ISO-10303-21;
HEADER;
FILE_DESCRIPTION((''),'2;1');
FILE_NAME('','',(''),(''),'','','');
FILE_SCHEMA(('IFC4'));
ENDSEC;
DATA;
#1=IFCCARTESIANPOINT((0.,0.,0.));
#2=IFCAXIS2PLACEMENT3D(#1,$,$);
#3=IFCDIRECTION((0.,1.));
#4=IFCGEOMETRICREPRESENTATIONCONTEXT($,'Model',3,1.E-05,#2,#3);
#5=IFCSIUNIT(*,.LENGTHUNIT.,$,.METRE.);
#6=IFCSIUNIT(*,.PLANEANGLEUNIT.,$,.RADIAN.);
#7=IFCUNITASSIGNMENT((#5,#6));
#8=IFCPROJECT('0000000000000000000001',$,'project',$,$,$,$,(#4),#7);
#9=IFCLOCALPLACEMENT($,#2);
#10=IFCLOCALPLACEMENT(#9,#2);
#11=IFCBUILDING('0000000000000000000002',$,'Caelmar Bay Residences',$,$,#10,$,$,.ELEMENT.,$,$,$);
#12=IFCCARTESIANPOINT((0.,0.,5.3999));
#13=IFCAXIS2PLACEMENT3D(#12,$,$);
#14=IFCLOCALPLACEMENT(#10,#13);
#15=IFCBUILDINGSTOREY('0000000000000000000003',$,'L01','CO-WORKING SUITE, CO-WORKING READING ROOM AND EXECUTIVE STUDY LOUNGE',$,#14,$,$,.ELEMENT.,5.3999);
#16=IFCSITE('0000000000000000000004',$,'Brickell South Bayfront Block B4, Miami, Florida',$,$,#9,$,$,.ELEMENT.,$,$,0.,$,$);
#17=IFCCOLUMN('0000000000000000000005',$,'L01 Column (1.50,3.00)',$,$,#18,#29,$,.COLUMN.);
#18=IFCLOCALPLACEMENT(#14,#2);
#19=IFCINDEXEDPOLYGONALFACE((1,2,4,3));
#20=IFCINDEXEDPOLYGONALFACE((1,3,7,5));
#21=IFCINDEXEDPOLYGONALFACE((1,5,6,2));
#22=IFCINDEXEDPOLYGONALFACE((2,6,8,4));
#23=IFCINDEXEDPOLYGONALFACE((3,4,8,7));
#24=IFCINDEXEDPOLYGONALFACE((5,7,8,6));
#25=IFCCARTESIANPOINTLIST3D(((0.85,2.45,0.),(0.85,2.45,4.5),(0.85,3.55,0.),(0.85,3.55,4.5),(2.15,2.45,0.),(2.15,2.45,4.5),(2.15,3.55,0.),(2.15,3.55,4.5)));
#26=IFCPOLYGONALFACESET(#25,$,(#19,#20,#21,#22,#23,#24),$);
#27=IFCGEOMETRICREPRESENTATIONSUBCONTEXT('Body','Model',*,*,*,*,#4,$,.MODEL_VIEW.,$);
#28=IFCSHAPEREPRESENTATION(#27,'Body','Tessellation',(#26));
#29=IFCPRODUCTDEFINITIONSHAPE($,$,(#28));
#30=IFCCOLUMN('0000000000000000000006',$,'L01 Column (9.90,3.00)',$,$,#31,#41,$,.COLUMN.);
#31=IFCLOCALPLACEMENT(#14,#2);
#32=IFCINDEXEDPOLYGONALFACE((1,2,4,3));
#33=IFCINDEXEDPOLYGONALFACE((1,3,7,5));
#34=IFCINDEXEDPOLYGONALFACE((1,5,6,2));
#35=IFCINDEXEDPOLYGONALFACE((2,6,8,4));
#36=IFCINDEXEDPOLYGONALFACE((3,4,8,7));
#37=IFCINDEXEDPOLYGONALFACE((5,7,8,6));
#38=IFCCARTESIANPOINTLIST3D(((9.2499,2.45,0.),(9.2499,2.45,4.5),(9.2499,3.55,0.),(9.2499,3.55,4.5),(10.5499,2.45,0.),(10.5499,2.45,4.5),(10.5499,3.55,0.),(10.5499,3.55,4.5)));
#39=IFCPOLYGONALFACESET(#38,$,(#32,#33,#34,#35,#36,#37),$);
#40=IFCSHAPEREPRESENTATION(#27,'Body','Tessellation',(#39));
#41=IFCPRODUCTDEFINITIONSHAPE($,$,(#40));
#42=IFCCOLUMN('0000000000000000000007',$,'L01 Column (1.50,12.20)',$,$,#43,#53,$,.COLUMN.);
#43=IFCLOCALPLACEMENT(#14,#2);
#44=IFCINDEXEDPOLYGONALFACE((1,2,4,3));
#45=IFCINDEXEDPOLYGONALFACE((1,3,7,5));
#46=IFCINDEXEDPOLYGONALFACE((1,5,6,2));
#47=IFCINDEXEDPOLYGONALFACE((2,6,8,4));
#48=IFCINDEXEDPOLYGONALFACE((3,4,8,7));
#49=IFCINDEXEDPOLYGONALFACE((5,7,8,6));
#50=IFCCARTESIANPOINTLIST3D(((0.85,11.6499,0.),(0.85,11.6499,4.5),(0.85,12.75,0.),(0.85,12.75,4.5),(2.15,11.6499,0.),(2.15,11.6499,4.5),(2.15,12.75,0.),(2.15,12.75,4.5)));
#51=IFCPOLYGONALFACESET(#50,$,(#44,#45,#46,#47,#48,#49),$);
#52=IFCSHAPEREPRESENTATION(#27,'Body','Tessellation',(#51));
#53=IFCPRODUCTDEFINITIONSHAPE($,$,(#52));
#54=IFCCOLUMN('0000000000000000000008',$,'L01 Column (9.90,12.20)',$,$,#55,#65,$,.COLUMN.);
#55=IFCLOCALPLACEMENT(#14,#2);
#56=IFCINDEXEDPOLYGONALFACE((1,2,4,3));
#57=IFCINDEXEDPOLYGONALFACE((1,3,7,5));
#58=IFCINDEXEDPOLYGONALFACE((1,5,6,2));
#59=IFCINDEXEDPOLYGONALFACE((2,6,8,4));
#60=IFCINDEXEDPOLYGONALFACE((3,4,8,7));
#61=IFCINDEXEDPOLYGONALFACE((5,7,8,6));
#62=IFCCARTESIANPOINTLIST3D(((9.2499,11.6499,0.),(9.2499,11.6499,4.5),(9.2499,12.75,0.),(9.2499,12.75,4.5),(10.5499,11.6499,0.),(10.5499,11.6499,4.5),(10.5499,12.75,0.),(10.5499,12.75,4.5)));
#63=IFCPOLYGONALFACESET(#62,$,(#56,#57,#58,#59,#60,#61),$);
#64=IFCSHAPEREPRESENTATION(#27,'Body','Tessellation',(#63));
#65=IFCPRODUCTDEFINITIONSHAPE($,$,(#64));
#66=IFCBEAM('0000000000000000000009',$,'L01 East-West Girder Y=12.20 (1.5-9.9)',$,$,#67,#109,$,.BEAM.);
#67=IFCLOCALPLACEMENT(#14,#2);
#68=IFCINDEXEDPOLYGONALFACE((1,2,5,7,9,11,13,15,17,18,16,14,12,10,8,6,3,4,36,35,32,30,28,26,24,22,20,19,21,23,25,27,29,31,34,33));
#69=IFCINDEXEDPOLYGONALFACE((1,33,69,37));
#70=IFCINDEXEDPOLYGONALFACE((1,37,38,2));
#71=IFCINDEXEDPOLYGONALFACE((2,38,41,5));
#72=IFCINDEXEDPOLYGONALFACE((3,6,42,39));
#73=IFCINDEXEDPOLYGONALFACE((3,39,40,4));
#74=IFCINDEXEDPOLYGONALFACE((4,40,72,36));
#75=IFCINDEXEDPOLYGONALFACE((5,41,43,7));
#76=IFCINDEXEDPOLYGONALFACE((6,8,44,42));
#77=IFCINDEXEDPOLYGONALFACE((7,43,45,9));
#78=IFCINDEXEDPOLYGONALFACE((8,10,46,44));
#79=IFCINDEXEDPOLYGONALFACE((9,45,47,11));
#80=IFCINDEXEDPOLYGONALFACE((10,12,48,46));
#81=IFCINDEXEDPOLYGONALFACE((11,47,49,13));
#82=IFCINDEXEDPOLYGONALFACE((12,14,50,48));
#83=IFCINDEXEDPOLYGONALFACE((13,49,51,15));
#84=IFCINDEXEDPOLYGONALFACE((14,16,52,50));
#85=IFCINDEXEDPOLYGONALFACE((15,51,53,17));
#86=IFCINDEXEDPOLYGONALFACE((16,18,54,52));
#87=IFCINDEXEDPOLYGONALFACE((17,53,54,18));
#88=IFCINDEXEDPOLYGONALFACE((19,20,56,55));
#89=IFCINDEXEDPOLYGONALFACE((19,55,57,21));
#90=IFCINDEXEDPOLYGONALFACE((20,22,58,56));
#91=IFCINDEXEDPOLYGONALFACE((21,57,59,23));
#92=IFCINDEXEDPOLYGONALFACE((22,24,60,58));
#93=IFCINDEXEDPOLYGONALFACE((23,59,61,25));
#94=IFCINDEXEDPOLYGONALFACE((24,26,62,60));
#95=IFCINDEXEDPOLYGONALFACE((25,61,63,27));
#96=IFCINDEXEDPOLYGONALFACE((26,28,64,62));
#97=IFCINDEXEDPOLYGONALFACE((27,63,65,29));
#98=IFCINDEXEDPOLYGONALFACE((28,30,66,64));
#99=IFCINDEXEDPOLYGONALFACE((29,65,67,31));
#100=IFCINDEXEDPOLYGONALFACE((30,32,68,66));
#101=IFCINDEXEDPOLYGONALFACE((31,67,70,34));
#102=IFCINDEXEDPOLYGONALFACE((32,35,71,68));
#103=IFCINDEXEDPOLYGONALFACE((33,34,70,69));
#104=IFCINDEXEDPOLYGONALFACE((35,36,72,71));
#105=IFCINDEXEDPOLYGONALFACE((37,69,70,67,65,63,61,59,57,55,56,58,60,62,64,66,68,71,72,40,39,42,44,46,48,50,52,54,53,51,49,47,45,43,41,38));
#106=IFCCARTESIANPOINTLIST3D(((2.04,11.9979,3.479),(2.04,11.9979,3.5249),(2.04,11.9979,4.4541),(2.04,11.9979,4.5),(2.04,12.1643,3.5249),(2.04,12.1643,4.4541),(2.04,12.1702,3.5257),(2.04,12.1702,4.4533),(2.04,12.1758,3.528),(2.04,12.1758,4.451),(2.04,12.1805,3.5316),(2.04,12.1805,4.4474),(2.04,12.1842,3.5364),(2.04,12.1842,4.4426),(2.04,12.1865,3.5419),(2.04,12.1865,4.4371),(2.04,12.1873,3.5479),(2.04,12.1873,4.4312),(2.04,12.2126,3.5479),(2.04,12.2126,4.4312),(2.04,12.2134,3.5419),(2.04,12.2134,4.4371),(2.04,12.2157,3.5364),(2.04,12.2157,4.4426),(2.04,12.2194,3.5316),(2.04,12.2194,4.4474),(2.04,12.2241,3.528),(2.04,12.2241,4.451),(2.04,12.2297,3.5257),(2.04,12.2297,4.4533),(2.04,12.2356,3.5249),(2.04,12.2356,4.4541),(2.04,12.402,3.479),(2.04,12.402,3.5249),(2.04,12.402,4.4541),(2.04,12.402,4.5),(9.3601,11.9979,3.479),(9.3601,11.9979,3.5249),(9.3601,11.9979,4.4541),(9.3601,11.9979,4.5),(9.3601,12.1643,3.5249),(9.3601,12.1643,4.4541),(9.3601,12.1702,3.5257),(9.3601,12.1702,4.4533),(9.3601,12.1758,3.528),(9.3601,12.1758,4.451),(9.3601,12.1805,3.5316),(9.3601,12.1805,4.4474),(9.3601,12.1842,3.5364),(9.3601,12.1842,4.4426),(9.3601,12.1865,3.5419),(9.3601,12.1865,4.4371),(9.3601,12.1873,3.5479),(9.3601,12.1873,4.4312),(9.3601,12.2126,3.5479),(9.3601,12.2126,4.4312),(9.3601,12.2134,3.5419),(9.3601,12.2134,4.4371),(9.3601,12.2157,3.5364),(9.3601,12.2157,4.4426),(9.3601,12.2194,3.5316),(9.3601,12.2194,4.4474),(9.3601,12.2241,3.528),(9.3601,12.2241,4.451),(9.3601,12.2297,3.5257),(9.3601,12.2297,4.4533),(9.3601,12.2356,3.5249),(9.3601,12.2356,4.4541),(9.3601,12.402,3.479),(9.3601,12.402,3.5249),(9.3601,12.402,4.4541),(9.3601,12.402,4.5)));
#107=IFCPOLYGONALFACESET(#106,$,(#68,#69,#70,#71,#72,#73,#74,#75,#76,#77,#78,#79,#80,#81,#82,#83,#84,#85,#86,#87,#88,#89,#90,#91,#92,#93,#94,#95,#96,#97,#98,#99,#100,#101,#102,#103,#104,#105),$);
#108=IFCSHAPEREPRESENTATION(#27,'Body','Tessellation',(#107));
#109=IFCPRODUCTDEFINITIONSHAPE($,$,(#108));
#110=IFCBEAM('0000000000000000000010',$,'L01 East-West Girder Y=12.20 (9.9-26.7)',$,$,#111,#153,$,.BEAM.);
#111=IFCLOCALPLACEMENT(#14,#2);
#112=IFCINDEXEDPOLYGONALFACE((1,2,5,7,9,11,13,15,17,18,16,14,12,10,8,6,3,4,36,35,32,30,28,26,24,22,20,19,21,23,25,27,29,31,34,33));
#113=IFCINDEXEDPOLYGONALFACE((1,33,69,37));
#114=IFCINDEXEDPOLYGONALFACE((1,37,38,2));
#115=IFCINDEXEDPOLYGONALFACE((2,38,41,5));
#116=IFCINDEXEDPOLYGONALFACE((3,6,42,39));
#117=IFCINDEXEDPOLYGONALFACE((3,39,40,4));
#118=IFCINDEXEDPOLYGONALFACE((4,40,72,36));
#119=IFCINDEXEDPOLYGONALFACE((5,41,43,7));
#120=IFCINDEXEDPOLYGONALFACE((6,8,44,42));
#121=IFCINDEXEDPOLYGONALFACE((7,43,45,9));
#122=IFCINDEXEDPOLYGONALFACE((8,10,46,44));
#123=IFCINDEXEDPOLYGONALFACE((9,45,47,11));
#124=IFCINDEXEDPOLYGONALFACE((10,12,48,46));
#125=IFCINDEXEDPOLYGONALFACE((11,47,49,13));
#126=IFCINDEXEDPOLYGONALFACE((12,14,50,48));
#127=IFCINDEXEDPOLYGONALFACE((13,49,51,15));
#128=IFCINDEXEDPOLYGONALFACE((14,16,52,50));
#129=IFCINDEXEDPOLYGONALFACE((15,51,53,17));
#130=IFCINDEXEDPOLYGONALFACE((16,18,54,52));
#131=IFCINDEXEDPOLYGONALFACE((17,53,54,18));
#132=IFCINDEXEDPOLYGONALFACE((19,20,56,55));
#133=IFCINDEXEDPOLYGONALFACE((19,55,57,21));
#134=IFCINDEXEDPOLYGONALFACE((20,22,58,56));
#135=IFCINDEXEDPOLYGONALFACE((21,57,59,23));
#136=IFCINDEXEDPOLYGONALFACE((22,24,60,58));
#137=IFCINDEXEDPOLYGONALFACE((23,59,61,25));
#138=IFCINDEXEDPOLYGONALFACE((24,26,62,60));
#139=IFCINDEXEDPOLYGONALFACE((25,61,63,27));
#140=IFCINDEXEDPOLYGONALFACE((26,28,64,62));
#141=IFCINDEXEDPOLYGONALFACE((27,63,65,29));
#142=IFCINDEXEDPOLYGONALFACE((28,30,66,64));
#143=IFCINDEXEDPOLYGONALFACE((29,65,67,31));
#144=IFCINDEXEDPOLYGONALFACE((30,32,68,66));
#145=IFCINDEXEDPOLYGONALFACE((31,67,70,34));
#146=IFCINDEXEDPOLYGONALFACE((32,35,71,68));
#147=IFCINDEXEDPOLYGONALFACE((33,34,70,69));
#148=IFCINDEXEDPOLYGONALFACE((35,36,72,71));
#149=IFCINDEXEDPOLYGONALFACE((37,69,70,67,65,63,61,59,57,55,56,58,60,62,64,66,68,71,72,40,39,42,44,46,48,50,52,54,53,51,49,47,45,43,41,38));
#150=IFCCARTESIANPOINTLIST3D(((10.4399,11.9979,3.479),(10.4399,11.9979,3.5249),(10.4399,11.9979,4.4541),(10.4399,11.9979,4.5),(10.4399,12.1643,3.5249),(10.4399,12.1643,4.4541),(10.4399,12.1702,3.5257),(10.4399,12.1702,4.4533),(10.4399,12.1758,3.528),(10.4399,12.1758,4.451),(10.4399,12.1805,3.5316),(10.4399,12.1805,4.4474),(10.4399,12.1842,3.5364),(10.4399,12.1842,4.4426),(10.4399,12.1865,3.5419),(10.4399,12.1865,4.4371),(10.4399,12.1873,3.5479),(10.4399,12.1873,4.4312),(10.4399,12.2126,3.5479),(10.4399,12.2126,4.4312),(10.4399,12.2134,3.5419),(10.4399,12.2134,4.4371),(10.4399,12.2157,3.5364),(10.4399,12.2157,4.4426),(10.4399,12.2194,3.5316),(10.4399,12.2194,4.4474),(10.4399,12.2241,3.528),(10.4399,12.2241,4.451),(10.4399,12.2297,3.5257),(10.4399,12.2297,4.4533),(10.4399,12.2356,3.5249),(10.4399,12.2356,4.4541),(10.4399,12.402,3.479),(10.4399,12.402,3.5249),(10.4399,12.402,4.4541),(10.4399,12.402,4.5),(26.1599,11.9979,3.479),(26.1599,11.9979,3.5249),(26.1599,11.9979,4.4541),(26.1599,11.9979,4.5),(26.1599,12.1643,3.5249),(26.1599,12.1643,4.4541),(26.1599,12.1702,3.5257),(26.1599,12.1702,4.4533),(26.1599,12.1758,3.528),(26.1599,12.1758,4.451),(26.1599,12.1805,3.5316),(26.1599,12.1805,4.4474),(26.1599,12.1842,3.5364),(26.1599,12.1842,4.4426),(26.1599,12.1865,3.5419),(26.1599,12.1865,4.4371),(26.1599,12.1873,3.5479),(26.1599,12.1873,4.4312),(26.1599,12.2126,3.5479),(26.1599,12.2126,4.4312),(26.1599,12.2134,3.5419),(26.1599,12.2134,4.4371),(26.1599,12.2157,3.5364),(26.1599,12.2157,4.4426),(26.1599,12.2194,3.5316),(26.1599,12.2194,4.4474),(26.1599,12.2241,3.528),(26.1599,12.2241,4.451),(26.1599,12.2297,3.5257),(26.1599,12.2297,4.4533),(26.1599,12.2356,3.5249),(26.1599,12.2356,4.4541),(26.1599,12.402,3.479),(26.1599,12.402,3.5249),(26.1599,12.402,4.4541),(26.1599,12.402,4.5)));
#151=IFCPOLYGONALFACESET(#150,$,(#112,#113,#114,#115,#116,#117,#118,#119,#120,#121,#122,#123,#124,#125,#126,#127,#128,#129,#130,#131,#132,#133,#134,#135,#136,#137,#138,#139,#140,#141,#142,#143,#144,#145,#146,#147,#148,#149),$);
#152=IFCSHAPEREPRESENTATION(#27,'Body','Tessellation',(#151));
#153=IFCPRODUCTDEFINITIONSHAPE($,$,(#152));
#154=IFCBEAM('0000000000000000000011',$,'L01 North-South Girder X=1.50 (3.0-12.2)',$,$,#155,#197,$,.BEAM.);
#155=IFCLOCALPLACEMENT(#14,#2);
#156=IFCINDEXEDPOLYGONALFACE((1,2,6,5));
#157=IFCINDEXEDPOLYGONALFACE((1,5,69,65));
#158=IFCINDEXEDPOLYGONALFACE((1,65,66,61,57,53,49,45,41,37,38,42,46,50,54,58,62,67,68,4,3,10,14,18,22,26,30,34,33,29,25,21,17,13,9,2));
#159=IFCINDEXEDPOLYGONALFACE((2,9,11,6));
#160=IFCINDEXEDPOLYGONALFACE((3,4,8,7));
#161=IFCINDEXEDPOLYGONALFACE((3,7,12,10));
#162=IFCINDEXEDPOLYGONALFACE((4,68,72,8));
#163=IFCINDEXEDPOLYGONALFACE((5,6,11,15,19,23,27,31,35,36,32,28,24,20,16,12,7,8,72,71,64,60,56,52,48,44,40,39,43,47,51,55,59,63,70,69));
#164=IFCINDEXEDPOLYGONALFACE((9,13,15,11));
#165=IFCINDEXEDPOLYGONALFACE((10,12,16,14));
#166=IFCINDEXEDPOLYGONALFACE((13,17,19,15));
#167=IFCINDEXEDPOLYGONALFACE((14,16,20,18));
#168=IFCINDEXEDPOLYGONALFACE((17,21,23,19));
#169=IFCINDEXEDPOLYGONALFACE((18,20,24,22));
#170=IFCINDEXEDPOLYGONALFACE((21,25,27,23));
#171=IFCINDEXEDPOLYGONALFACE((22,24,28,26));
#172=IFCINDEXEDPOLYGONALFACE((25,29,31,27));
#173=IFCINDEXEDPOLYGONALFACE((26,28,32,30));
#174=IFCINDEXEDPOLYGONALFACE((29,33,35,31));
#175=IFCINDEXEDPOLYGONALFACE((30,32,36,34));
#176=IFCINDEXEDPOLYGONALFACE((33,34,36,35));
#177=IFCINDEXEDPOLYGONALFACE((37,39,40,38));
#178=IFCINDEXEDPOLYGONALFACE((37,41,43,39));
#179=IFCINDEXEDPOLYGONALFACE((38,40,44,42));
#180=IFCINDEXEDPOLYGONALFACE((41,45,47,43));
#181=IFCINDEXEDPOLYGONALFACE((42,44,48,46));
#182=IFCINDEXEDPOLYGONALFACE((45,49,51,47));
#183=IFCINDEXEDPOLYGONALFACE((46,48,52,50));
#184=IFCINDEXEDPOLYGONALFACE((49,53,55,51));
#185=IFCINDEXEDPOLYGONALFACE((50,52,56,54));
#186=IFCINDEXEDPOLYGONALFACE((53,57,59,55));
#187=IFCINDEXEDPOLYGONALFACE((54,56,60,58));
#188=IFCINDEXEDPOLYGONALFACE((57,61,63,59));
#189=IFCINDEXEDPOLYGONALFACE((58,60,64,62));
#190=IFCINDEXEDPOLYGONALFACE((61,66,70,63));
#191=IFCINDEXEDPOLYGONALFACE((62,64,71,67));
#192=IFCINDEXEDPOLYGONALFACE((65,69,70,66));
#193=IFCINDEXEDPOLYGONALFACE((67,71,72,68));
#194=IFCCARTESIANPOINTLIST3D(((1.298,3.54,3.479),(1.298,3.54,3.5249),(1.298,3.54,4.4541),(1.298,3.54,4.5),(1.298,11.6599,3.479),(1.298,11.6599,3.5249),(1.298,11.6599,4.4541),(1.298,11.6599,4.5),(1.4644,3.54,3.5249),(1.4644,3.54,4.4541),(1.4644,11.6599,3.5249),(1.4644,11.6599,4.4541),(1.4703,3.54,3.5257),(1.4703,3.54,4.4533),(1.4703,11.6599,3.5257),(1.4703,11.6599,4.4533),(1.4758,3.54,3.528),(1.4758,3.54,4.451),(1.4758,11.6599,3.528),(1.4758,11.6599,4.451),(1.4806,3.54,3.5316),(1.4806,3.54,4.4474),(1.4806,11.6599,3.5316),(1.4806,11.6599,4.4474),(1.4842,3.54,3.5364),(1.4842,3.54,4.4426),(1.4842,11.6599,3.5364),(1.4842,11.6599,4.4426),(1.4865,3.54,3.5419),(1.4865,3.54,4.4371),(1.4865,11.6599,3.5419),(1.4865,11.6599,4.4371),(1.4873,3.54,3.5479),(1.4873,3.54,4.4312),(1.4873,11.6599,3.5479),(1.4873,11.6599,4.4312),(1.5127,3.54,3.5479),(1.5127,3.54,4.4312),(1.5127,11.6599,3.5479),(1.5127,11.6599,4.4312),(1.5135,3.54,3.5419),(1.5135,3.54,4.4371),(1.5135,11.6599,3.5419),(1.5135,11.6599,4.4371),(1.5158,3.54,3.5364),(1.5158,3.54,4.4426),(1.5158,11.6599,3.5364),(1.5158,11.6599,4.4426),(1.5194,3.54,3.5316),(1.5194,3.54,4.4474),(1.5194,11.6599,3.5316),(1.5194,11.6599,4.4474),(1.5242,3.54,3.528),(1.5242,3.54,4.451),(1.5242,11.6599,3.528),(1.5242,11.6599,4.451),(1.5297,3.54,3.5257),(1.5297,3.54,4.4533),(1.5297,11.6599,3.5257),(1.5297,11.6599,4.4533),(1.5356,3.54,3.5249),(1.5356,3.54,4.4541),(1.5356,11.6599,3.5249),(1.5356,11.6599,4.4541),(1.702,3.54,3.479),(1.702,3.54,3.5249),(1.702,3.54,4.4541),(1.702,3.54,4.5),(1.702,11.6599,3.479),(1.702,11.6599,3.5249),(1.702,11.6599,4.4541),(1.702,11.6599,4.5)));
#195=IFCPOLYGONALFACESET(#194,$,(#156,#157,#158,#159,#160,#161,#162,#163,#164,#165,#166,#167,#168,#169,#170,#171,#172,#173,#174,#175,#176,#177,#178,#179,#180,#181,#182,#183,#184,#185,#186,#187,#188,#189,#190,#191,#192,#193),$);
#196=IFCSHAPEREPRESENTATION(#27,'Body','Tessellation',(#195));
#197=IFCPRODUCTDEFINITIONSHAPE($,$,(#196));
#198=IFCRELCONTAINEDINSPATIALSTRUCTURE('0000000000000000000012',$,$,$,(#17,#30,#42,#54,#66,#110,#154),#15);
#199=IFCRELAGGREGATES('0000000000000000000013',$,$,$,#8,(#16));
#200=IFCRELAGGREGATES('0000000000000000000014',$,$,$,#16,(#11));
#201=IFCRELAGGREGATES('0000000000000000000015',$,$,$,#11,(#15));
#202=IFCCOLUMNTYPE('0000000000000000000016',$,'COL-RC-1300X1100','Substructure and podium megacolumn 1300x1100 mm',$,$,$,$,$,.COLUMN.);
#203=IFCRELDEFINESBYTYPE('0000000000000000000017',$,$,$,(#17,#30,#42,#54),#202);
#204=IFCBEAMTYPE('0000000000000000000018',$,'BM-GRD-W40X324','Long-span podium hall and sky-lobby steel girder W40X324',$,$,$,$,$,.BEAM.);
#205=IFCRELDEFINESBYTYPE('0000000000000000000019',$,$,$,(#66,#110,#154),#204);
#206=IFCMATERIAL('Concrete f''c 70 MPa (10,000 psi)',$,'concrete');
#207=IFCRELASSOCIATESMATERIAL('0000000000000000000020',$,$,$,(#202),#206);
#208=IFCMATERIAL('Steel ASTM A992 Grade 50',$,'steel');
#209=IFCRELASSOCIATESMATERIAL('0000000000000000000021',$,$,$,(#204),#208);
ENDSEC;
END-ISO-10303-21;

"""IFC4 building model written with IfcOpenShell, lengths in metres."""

from ifc_helpers import new_model, si_unit, direction, frame, origin, origin_2d, place, context, subcontext, project, spatial, rectangle, i_section, extrude, material, material_profile, profile_set, type_object, element, save


model = new_model("IFC4")

# Units and contexts
model_context = context("Model", 3, precision=1e-05, world=origin(), true_north=direction((0.0, 1.0)))
body_context = subcontext(model_context, "Body", "Model", "MODEL_VIEW")
ifc_project = project(units=[si_unit("LENGTHUNIT", "METRE"), si_unit("PLANEANGLEUNIT", "RADIAN")], contexts=[model_context])

# Site, building, storey
site_placement = place(None, origin())
site = spatial("IfcSite", under=ifc_project, at=site_placement, Name="Brickell South Bayfront Block B4, Miami, Florida", CompositionType="ELEMENT", RefElevation=0.0)
building_placement = place(site_placement, origin())
building = spatial("IfcBuilding", under=site, at=building_placement, Name="Caelmar Bay Residences", CompositionType="ELEMENT")
storey_placement = place(building_placement, frame((0.0, 0.0, 5.3999)))
storey = spatial("IfcBuildingStorey", under=building, at=storey_placement, Name="L01", Description="CO-WORKING SUITE, CO-WORKING READING ROOM AND EXECUTIVE STUDY LOUNGE", CompositionType="ELEMENT", Elevation=5.3999)

# Columns
ifc_material_1 = material(Name="Concrete f'c 70 MPa (10,000 psi)", Category="concrete")
ifc_material_profile_1 = material_profile(ifc_material_1, rectangle(XDim=1.3, YDim=1.1001, at=origin_2d()), Name="RC-COL-1300X1100")
ifc_profile_set_1 = profile_set([ifc_material_profile_1], Name="Concrete f'c 70 MPa (10,000 psi)")
column_type = type_object("IfcColumnType", Name="COL-RC-1300X1100", Description="Substructure and podium megacolumn 1300x1100 mm", PredefinedType="COLUMN", material=ifc_profile_set_1)
for number, where, z_axis, x_axis, name in (
    (1, (1.5, 3.0, 0.0), (0.0, 0.0, 1.0), (1.0, 0.0, 0.0), "L01 Column (1.50,3.00)"),
    (2, (9.8999, 3.0, 0.0), (0.0, 0.0, 1.0), (1.0, 0.0, 0.0), "L01 Column (9.90,3.00)"),
    (3, (1.5, 12.2, 0.0), (0.0, 0.0, 1.0), (1.0, 0.0, 0.0), "L01 Column (1.50,12.20)"),
    (4, (9.8999, 12.2, 0.0), (0.0, 0.0, 1.0), (1.0, 0.0, 0.0), "L01 Column (9.90,12.20)"),
):
    element("IfcColumn", number, at=place(storey_placement, frame(where, z_axis=z_axis, x_axis=x_axis)), inside=storey, type_object=column_type, Name=name, PredefinedType="COLUMN", context=body_context, shape_type="SweptSolid", body=[
        extrude(rectangle(XDim=1.3, YDim=1.1001, at=origin_2d()), origin(), (0.0, 0.0, 1.0), 4.5),
    ])

# Beams
ifc_material_2 = material(Name="Steel ASTM A992 Grade 50", Category="steel")
ifc_material_profile_2 = material_profile(ifc_material_2, i_section(OverallWidth=0.4041, OverallDepth=1.021, WebThickness=0.0254, FlangeThickness=0.0459, FilletRadius=0.0229, at=origin_2d()), Name="W40X324")
ifc_profile_set_2 = profile_set([ifc_material_profile_2], Name="Steel ASTM A992 Grade 50")
beam_type_1 = type_object("IfcBeamType", Name="BM-GRD-W40X324", Description="Long-span podium hall and sky-lobby steel girder W40X324", PredefinedType="BEAM", material=ifc_profile_set_2)
beam_1_placement = place(storey_placement, frame((2.04, 12.2, 3.9895), z_axis=(1.0, 0.0, 0.0), x_axis=(0.0, 1.0, 0.0)))
element("IfcBeam", 5, at=beam_1_placement, inside=storey, type_object=beam_type_1, Name="L01 East-West Girder Y=12.20 (1.5-9.9)", PredefinedType="BEAM", context=body_context, shape_type="SweptSolid", body=[
    extrude(i_section(OverallWidth=0.4041, OverallDepth=1.021, WebThickness=0.0254, FlangeThickness=0.0459, FilletRadius=0.0229, at=origin_2d()), origin(), (0.0, 0.0, 1.0), 7.3201),
])
beam_2_placement = place(storey_placement, frame((10.4399, 12.2, 3.9895), z_axis=(1.0, 0.0, 0.0), x_axis=(0.0, 1.0, 0.0)))
element("IfcBeam", 6, at=beam_2_placement, inside=storey, type_object=beam_type_1, Name="L01 East-West Girder Y=12.20 (9.9-26.7)", PredefinedType="BEAM", context=body_context, shape_type="SweptSolid", body=[
    extrude(i_section(OverallWidth=0.4041, OverallDepth=1.021, WebThickness=0.0254, FlangeThickness=0.0459, FilletRadius=0.0229, at=origin_2d()), origin(), (0.0, 0.0, 1.0), 15.72),
])
beam_3_placement = place(storey_placement, frame((1.5, 3.54, 3.9895), z_axis=(0.0, 1.0, 0.0), x_axis=(-1.0, 0.0, 0.0)))
element("IfcBeam", 7, at=beam_3_placement, inside=storey, type_object=beam_type_1, Name="L01 North-South Girder X=1.50 (3.0-12.2)", PredefinedType="BEAM", context=body_context, shape_type="SweptSolid", body=[
    extrude(i_section(OverallWidth=0.4041, OverallDepth=1.021, WebThickness=0.0254, FlangeThickness=0.0459, FilletRadius=0.0229, at=origin_2d()), origin(), (0.0, 0.0, 1.0), 8.1199),
])

save(model, "model.ifc")
